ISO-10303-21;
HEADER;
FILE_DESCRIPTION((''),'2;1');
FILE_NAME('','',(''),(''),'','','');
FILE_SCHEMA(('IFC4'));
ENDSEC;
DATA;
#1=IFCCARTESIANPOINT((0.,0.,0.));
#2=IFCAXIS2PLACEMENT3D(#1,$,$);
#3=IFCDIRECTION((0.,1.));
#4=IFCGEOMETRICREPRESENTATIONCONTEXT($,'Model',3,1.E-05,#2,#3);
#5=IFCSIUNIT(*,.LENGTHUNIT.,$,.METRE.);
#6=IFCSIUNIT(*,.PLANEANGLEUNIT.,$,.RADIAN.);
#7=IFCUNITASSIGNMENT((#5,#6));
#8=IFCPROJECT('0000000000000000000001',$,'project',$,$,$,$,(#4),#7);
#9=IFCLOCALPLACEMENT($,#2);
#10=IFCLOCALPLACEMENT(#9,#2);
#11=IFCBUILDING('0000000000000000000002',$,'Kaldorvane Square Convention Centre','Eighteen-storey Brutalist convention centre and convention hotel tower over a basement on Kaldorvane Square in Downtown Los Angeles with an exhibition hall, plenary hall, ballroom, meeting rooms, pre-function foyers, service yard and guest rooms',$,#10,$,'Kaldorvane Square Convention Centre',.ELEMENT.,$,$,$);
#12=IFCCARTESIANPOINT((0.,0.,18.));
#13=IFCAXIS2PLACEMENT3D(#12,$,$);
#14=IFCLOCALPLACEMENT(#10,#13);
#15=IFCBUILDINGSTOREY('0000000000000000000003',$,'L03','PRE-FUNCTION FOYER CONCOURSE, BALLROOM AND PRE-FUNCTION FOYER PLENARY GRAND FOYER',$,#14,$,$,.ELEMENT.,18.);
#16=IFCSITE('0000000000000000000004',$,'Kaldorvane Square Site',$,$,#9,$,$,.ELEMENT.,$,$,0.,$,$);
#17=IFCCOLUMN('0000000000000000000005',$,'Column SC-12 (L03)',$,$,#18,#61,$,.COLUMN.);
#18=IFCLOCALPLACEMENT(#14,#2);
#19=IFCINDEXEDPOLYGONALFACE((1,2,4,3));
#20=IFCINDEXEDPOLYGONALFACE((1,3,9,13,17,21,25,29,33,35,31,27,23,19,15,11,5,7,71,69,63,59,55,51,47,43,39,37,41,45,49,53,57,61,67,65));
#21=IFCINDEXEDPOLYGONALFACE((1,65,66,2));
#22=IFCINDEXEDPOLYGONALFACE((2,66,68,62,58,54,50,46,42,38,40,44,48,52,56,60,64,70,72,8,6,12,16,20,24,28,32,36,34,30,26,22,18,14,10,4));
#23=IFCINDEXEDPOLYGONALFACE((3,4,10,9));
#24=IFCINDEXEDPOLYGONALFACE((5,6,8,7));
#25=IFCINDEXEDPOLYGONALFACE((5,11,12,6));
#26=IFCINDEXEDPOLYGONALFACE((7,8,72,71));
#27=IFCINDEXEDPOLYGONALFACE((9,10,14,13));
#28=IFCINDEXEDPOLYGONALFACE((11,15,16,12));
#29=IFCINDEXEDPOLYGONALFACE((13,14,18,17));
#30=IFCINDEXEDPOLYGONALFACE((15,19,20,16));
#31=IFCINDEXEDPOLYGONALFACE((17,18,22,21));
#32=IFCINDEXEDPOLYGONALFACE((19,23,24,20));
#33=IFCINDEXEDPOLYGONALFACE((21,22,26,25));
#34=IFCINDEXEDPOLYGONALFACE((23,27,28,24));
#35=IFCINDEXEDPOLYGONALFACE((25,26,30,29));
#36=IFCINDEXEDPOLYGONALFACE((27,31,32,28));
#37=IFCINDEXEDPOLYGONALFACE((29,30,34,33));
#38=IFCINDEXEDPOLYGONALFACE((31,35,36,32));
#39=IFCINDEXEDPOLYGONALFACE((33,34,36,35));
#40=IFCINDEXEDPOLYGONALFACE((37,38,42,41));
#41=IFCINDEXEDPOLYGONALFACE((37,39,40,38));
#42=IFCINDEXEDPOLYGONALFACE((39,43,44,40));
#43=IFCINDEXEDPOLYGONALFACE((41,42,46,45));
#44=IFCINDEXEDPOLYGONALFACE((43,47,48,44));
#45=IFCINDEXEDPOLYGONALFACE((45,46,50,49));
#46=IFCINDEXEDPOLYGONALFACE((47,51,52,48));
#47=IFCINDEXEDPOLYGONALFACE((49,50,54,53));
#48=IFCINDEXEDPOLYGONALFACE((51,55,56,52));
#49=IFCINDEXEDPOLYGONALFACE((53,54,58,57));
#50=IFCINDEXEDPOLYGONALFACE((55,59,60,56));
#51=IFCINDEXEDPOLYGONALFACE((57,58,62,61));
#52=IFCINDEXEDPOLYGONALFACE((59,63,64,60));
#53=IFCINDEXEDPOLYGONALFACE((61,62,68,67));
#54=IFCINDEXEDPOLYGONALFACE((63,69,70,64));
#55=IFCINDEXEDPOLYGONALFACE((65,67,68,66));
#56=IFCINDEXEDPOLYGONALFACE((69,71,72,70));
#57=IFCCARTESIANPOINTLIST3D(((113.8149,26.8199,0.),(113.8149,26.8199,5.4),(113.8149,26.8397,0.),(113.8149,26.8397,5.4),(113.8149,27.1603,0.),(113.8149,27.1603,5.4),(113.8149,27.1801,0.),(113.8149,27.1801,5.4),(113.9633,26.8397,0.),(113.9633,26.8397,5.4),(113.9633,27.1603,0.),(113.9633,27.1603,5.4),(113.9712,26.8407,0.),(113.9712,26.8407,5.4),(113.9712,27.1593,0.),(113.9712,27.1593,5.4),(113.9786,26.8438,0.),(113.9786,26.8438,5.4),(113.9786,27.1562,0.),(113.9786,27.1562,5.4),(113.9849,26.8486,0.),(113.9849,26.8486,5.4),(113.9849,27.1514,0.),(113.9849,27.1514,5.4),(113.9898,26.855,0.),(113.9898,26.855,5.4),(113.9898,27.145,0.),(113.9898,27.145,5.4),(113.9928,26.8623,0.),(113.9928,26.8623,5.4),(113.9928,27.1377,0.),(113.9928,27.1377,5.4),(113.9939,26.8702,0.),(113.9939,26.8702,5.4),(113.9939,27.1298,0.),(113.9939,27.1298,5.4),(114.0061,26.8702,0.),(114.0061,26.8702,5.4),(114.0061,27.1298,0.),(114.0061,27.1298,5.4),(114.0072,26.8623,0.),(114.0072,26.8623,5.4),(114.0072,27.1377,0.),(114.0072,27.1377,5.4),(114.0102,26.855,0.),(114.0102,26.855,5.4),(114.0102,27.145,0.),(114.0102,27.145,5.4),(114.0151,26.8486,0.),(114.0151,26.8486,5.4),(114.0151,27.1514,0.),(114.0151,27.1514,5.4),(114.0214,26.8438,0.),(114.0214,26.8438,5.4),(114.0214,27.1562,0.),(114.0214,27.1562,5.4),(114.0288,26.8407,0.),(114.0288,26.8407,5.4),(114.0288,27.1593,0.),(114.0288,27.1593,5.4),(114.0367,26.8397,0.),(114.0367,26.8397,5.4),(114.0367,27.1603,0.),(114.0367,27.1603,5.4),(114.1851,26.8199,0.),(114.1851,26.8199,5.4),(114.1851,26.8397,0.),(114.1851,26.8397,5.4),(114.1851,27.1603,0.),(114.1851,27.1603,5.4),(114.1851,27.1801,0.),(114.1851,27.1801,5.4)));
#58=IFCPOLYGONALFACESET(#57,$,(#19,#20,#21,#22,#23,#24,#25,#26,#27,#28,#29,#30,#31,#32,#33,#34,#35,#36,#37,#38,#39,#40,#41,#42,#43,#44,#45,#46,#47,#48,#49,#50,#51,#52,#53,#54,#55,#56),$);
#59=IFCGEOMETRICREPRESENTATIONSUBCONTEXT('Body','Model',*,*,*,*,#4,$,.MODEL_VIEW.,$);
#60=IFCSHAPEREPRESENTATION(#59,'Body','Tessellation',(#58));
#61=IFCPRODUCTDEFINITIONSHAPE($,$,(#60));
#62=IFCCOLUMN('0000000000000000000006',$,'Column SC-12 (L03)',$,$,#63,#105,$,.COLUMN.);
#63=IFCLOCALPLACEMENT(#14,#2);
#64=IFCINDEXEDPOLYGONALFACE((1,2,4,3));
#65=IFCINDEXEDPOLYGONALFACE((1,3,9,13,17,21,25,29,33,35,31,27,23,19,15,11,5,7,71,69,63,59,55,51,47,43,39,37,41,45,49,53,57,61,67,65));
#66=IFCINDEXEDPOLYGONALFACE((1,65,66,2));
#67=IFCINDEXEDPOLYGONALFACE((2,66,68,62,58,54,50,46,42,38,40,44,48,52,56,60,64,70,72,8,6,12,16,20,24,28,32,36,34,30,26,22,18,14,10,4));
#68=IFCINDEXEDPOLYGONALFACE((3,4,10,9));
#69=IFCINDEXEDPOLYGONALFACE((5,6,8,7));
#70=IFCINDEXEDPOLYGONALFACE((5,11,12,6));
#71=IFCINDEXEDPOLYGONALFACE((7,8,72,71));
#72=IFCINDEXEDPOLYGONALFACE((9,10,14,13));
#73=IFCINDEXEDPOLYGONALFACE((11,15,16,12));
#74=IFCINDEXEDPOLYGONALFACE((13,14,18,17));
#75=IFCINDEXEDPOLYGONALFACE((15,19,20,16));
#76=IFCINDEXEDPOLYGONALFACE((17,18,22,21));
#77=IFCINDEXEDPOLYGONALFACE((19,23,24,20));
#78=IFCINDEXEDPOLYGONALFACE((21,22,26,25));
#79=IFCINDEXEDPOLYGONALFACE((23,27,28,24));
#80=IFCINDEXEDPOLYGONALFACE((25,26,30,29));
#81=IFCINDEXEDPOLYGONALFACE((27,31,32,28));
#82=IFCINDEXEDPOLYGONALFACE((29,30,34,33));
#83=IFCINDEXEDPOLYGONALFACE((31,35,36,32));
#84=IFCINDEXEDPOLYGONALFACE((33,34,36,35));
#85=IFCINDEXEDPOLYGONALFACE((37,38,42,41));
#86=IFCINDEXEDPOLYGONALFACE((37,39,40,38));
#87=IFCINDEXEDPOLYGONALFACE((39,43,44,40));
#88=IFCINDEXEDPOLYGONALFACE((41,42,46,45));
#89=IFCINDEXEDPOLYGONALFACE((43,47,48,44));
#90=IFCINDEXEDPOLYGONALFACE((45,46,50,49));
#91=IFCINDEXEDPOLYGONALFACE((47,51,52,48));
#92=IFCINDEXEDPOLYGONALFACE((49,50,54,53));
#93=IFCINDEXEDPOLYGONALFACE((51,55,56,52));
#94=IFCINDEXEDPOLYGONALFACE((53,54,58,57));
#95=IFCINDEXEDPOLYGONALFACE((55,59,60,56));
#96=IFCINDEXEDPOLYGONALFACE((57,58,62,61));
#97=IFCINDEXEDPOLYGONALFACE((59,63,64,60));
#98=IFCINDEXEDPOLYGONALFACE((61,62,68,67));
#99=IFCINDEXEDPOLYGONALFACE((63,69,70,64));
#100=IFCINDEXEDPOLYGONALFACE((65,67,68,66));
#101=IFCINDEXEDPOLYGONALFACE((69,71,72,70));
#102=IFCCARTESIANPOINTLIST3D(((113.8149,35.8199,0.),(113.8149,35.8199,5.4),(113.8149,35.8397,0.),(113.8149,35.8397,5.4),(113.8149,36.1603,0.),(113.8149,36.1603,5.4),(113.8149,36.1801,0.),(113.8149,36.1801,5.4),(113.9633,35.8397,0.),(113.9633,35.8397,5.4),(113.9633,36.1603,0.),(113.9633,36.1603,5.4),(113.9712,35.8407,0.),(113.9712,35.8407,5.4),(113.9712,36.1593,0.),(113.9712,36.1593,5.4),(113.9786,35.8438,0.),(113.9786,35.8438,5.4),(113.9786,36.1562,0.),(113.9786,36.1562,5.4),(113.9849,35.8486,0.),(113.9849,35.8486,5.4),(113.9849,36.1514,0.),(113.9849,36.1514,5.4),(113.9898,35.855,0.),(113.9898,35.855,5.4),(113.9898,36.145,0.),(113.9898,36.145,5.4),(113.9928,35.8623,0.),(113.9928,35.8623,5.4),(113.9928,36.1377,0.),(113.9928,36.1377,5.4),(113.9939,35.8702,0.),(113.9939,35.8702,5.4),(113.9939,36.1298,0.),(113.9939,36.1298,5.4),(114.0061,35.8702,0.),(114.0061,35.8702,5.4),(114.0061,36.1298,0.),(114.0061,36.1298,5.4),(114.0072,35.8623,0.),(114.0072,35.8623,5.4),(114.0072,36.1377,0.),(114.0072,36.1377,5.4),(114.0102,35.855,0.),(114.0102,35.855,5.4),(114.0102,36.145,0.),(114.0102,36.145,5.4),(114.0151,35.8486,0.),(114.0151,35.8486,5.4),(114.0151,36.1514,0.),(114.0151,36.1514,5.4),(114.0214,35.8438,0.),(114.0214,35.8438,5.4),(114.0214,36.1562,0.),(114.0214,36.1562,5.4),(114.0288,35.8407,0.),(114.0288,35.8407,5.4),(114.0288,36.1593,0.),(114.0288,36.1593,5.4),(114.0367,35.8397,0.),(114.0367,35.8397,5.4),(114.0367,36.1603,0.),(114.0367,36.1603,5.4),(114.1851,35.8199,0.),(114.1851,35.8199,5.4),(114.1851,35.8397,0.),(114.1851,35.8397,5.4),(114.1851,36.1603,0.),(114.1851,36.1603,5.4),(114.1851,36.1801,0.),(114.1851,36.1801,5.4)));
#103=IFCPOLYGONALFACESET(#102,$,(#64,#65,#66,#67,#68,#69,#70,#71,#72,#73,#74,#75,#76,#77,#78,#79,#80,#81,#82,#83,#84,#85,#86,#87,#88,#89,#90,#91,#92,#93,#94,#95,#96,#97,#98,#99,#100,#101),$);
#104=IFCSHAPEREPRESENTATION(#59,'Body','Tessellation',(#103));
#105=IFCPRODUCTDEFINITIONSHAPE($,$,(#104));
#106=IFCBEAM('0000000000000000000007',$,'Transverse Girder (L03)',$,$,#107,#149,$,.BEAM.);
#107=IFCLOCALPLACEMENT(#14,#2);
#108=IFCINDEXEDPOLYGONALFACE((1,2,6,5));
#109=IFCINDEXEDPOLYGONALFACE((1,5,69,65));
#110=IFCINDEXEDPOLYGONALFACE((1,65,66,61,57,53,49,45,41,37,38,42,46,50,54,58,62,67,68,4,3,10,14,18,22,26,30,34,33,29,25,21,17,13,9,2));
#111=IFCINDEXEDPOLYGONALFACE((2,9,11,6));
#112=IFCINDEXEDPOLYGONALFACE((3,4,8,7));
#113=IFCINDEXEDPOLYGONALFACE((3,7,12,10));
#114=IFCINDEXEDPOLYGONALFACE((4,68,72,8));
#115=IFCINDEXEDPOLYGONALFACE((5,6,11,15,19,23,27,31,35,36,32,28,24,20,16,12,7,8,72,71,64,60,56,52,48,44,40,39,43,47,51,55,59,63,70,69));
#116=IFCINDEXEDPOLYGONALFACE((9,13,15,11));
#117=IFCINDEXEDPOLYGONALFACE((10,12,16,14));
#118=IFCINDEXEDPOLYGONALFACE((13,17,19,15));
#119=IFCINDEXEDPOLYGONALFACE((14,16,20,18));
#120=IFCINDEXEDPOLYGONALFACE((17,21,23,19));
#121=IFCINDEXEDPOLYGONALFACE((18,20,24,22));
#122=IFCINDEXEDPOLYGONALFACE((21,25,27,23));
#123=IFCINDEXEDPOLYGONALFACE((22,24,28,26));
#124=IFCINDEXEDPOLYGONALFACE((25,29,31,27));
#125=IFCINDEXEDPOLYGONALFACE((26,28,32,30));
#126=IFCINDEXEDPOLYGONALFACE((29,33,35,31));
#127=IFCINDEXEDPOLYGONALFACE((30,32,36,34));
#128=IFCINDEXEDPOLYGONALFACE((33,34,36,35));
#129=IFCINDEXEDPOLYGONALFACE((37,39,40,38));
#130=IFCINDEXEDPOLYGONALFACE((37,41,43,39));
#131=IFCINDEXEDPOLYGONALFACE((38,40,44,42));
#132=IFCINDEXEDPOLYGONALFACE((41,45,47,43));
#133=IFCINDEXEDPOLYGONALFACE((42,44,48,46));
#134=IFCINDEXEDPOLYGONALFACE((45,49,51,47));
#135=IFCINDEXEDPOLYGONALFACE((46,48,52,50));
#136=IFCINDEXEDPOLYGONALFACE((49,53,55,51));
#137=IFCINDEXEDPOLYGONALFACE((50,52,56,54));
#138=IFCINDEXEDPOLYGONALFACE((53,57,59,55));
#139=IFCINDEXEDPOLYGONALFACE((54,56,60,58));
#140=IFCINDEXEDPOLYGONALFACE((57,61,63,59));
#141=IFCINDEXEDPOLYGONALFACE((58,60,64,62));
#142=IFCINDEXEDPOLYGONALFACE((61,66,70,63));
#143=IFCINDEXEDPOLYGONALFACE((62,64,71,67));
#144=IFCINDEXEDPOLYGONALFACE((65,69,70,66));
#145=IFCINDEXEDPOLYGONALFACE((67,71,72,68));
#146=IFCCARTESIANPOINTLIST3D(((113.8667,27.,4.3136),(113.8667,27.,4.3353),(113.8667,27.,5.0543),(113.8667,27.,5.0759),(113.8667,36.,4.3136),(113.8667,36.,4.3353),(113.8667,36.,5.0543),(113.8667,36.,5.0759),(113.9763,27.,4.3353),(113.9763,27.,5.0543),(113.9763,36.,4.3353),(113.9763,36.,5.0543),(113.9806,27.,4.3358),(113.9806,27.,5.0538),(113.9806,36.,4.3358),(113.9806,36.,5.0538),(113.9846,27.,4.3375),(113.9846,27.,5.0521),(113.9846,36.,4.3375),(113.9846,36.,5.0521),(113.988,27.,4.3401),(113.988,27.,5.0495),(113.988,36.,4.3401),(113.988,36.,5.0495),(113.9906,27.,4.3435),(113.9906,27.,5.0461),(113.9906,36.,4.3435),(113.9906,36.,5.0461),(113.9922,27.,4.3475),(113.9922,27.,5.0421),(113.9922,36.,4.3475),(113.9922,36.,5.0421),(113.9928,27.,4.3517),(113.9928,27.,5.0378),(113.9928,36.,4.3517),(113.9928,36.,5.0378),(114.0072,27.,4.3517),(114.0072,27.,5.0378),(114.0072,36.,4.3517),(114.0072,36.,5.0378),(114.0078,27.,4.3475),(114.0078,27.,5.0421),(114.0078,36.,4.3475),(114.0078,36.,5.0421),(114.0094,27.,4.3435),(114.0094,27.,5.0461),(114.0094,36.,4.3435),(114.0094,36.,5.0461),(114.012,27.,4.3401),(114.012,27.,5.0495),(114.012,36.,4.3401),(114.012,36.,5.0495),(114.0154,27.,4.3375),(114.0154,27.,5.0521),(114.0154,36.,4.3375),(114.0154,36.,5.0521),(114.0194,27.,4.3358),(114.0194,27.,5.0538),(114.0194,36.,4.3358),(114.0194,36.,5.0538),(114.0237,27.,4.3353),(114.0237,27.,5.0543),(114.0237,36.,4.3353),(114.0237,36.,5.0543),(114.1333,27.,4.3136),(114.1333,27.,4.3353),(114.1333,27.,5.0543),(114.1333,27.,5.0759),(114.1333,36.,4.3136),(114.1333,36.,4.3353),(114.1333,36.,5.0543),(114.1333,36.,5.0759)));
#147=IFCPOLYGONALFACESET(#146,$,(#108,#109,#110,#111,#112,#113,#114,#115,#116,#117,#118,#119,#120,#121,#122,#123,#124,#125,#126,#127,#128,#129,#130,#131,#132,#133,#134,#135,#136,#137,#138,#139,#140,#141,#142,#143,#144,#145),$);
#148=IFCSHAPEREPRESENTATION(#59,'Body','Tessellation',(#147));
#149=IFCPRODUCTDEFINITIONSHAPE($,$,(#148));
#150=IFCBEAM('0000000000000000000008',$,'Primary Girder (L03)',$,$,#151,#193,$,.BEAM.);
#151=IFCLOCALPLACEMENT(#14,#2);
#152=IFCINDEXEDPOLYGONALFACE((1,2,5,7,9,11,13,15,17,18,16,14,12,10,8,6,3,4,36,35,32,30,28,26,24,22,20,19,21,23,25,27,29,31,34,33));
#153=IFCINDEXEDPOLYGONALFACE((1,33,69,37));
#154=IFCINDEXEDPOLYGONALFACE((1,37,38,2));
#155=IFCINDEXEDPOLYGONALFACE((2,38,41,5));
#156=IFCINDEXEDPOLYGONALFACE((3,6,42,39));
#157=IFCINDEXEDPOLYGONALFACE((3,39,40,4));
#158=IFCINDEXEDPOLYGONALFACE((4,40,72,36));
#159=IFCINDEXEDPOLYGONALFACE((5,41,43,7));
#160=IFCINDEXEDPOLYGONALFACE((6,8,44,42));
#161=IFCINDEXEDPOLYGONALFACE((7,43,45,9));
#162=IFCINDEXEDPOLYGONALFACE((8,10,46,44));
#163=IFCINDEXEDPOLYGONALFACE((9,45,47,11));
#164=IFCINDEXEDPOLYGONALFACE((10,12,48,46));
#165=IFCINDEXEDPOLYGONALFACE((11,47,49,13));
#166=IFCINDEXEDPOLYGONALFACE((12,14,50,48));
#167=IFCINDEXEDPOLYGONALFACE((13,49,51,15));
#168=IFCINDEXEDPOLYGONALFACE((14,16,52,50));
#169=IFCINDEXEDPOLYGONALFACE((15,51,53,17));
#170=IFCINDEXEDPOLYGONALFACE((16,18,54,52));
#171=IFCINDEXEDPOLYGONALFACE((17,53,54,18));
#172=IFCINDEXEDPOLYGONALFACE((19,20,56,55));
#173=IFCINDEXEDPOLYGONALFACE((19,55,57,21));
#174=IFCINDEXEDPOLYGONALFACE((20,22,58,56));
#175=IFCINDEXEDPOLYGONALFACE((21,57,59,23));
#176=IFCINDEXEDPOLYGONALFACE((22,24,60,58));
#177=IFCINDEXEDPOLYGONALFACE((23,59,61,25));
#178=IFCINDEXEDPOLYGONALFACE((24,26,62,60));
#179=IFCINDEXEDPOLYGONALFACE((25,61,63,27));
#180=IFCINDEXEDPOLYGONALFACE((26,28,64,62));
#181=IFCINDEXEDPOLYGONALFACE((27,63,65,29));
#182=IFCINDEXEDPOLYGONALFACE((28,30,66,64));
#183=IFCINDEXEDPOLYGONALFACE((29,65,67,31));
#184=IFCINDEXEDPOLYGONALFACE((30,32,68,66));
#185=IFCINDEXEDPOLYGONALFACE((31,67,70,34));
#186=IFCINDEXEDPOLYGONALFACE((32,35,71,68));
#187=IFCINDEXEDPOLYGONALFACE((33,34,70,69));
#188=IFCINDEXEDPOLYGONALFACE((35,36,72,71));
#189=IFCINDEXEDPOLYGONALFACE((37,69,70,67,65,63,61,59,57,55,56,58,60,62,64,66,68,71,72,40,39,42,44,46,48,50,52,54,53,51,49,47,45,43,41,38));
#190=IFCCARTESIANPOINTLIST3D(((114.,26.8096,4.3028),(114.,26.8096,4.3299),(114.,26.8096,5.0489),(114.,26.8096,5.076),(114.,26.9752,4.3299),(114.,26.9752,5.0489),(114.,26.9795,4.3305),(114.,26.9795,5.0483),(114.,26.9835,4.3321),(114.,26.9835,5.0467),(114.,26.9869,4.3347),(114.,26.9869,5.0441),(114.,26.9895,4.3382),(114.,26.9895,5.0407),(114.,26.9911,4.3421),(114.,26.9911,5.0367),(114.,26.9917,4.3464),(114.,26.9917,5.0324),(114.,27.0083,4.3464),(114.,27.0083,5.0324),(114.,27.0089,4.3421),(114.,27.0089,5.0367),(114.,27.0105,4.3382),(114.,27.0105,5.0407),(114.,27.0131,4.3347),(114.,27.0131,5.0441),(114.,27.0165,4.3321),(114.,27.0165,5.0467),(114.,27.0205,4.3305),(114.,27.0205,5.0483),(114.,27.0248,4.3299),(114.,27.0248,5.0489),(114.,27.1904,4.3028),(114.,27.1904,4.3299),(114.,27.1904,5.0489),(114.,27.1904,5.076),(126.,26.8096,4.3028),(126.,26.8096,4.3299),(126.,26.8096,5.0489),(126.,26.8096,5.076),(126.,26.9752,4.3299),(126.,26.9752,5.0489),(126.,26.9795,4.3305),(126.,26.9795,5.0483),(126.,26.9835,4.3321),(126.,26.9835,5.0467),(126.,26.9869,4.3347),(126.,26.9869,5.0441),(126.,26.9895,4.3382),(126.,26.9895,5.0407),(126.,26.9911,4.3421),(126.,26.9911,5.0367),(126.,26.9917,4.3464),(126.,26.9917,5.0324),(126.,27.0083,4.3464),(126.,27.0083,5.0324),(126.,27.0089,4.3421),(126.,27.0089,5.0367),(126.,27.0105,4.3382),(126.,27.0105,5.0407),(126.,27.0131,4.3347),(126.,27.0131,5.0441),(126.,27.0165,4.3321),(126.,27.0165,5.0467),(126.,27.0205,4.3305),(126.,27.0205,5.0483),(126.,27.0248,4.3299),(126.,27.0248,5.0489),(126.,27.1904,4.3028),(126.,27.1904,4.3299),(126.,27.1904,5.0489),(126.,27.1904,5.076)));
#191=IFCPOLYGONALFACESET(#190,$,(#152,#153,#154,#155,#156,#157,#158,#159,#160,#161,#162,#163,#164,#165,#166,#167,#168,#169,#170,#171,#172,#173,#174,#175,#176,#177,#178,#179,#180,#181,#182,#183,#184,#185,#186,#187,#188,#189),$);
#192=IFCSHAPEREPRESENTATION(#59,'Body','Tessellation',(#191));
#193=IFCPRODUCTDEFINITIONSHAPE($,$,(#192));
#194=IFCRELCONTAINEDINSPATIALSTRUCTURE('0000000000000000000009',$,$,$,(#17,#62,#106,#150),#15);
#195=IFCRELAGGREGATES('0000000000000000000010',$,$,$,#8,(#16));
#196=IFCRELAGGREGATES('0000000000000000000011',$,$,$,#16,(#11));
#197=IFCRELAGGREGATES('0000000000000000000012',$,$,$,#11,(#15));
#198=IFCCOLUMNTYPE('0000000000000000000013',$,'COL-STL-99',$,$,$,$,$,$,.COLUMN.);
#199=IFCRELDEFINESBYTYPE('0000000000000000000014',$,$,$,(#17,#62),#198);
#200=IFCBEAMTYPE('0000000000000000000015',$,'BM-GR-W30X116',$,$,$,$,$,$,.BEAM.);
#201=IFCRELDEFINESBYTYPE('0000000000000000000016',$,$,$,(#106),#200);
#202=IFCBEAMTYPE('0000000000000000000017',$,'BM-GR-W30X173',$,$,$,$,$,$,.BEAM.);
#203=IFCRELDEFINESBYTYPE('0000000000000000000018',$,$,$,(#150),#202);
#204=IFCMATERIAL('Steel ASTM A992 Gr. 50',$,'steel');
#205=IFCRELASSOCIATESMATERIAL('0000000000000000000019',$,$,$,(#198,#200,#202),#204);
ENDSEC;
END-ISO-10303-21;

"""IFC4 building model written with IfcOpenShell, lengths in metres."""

from ifc_helpers import new_model, si_unit, direction, frame, origin, origin_2d, place, context, subcontext, project, spatial, i_section, extrude, material, material_profile, profile_set, type_object, element, save


model = new_model("IFC4")

# Units and contexts
model_context = context("Model", 3, precision=1e-05, world=origin(), true_north=direction((0.0, 1.0)))
body_context = subcontext(model_context, "Body", "Model", "MODEL_VIEW")
ifc_project = project(units=[si_unit("LENGTHUNIT", "METRE"), si_unit("PLANEANGLEUNIT", "RADIAN")], contexts=[model_context])

# Site, building, storey
site_placement = place(None, origin())
site = spatial("IfcSite", under=ifc_project, at=site_placement, Name="Kaldorvane Square Site", CompositionType="ELEMENT", RefElevation=0.0)
building_placement = place(site_placement, origin())
building = spatial("IfcBuilding", under=site, at=building_placement, Name="Kaldorvane Square Convention Centre", Description="Eighteen-storey Brutalist convention centre and convention hotel tower over a basement on Kaldorvane Square in Downtown Los Angeles with an exhibition hall, plenary hall, ballroom, meeting rooms, pre-function foyers, service yard and guest rooms", LongName="Kaldorvane Square Convention Centre", CompositionType="ELEMENT")
storey_placement = place(building_placement, frame((0.0, 0.0, 18.0)))
storey = spatial("IfcBuildingStorey", under=building, at=storey_placement, Name="L03", Description="PRE-FUNCTION FOYER CONCOURSE, BALLROOM AND PRE-FUNCTION FOYER PLENARY GRAND FOYER", CompositionType="ELEMENT", Elevation=18.0)

# Columns
ifc_material_1 = material(Name="Steel ASTM A992 Gr. 50", Category="steel")
ifc_material_profile_1 = material_profile(ifc_material_1, i_section(OverallWidth=0.3701, OverallDepth=0.3602, WebThickness=0.0123, FlangeThickness=0.0198, FilletRadius=0.0305, at=origin_2d()), Name="W14X99")
ifc_profile_set_1 = profile_set([ifc_material_profile_1], Name="Steel ASTM A992 Gr. 50")
column_type = type_object("IfcColumnType", Name="COL-STL-99", PredefinedType="COLUMN", material=ifc_profile_set_1)
for number, where, z_axis, x_axis, name in (
    (1, (114.0, 27.0, 0.0), (0.0, 0.0, 1.0), (1.0, 0.0, 0.0), "Column SC-12 (L03)"),
    (2, (114.0, 36.0, 0.0), (0.0, 0.0, 1.0), (1.0, 0.0, 0.0), "Column SC-12 (L03)"),
):
    element("IfcColumn", number, at=place(storey_placement, frame(where, z_axis=z_axis, x_axis=x_axis)), inside=storey, type_object=column_type, Name=name, PredefinedType="COLUMN", context=body_context, shape_type="SweptSolid", body=[
        extrude(i_section(OverallWidth=0.3701, OverallDepth=0.3602, WebThickness=0.0123, FlangeThickness=0.0198, FilletRadius=0.0305, at=origin_2d()), origin(), (0.0, 0.0, 1.0), 5.4),
    ])

# Beams
ifc_material_profile_2 = material_profile(ifc_material_1, i_section(OverallWidth=0.2666, OverallDepth=0.7623, WebThickness=0.0144, FlangeThickness=0.0216, FilletRadius=0.0165, at=origin_2d()), Name="W30X116")
ifc_profile_set_2 = profile_set([ifc_material_profile_2], Name="Steel ASTM A992 Gr. 50")
beam_type_1 = type_object("IfcBeamType", Name="BM-GR-W30X116", PredefinedType="BEAM", material=ifc_profile_set_2)
beam_1_placement = place(storey_placement, frame((114.0, 27.0, 4.6948), z_axis=(0.0, 1.0, 0.0), x_axis=(-1.0, 0.0, 0.0)))
element("IfcBeam", 3, at=beam_1_placement, inside=storey, type_object=beam_type_1, Name="Transverse Girder (L03)", PredefinedType="BEAM", context=body_context, shape_type="SweptSolid", body=[
    extrude(i_section(OverallWidth=0.2666, OverallDepth=0.7623, WebThickness=0.0144, FlangeThickness=0.0216, FilletRadius=0.0165, at=origin_2d()), origin(), (0.0, 0.0, 1.0), 9.0),
])
ifc_material_profile_3 = material_profile(ifc_material_1, i_section(OverallWidth=0.3807, OverallDepth=0.7732, WebThickness=0.0166, FlangeThickness=0.0271, FilletRadius=0.0165, at=origin_2d()), Name="W30X173")
ifc_profile_set_3 = profile_set([ifc_material_profile_3], Name="Steel ASTM A992 Gr. 50")
beam_type_2 = type_object("IfcBeamType", Name="BM-GR-W30X173", PredefinedType="BEAM", material=ifc_profile_set_3)
beam_2_placement = place(storey_placement, frame((114.0, 27.0, 4.6894), z_axis=(1.0, 0.0, 0.0), x_axis=(0.0, 1.0, 0.0)))
element("IfcBeam", 4, at=beam_2_placement, inside=storey, type_object=beam_type_2, Name="Primary Girder (L03)", PredefinedType="BEAM", context=body_context, shape_type="SweptSolid", body=[
    extrude(i_section(OverallWidth=0.3807, OverallDepth=0.7732, WebThickness=0.0166, FlangeThickness=0.0271, FilletRadius=0.0165, at=origin_2d()), origin(), (0.0, 0.0, 1.0), 12.0),
])

save(model, "model.ifc")
